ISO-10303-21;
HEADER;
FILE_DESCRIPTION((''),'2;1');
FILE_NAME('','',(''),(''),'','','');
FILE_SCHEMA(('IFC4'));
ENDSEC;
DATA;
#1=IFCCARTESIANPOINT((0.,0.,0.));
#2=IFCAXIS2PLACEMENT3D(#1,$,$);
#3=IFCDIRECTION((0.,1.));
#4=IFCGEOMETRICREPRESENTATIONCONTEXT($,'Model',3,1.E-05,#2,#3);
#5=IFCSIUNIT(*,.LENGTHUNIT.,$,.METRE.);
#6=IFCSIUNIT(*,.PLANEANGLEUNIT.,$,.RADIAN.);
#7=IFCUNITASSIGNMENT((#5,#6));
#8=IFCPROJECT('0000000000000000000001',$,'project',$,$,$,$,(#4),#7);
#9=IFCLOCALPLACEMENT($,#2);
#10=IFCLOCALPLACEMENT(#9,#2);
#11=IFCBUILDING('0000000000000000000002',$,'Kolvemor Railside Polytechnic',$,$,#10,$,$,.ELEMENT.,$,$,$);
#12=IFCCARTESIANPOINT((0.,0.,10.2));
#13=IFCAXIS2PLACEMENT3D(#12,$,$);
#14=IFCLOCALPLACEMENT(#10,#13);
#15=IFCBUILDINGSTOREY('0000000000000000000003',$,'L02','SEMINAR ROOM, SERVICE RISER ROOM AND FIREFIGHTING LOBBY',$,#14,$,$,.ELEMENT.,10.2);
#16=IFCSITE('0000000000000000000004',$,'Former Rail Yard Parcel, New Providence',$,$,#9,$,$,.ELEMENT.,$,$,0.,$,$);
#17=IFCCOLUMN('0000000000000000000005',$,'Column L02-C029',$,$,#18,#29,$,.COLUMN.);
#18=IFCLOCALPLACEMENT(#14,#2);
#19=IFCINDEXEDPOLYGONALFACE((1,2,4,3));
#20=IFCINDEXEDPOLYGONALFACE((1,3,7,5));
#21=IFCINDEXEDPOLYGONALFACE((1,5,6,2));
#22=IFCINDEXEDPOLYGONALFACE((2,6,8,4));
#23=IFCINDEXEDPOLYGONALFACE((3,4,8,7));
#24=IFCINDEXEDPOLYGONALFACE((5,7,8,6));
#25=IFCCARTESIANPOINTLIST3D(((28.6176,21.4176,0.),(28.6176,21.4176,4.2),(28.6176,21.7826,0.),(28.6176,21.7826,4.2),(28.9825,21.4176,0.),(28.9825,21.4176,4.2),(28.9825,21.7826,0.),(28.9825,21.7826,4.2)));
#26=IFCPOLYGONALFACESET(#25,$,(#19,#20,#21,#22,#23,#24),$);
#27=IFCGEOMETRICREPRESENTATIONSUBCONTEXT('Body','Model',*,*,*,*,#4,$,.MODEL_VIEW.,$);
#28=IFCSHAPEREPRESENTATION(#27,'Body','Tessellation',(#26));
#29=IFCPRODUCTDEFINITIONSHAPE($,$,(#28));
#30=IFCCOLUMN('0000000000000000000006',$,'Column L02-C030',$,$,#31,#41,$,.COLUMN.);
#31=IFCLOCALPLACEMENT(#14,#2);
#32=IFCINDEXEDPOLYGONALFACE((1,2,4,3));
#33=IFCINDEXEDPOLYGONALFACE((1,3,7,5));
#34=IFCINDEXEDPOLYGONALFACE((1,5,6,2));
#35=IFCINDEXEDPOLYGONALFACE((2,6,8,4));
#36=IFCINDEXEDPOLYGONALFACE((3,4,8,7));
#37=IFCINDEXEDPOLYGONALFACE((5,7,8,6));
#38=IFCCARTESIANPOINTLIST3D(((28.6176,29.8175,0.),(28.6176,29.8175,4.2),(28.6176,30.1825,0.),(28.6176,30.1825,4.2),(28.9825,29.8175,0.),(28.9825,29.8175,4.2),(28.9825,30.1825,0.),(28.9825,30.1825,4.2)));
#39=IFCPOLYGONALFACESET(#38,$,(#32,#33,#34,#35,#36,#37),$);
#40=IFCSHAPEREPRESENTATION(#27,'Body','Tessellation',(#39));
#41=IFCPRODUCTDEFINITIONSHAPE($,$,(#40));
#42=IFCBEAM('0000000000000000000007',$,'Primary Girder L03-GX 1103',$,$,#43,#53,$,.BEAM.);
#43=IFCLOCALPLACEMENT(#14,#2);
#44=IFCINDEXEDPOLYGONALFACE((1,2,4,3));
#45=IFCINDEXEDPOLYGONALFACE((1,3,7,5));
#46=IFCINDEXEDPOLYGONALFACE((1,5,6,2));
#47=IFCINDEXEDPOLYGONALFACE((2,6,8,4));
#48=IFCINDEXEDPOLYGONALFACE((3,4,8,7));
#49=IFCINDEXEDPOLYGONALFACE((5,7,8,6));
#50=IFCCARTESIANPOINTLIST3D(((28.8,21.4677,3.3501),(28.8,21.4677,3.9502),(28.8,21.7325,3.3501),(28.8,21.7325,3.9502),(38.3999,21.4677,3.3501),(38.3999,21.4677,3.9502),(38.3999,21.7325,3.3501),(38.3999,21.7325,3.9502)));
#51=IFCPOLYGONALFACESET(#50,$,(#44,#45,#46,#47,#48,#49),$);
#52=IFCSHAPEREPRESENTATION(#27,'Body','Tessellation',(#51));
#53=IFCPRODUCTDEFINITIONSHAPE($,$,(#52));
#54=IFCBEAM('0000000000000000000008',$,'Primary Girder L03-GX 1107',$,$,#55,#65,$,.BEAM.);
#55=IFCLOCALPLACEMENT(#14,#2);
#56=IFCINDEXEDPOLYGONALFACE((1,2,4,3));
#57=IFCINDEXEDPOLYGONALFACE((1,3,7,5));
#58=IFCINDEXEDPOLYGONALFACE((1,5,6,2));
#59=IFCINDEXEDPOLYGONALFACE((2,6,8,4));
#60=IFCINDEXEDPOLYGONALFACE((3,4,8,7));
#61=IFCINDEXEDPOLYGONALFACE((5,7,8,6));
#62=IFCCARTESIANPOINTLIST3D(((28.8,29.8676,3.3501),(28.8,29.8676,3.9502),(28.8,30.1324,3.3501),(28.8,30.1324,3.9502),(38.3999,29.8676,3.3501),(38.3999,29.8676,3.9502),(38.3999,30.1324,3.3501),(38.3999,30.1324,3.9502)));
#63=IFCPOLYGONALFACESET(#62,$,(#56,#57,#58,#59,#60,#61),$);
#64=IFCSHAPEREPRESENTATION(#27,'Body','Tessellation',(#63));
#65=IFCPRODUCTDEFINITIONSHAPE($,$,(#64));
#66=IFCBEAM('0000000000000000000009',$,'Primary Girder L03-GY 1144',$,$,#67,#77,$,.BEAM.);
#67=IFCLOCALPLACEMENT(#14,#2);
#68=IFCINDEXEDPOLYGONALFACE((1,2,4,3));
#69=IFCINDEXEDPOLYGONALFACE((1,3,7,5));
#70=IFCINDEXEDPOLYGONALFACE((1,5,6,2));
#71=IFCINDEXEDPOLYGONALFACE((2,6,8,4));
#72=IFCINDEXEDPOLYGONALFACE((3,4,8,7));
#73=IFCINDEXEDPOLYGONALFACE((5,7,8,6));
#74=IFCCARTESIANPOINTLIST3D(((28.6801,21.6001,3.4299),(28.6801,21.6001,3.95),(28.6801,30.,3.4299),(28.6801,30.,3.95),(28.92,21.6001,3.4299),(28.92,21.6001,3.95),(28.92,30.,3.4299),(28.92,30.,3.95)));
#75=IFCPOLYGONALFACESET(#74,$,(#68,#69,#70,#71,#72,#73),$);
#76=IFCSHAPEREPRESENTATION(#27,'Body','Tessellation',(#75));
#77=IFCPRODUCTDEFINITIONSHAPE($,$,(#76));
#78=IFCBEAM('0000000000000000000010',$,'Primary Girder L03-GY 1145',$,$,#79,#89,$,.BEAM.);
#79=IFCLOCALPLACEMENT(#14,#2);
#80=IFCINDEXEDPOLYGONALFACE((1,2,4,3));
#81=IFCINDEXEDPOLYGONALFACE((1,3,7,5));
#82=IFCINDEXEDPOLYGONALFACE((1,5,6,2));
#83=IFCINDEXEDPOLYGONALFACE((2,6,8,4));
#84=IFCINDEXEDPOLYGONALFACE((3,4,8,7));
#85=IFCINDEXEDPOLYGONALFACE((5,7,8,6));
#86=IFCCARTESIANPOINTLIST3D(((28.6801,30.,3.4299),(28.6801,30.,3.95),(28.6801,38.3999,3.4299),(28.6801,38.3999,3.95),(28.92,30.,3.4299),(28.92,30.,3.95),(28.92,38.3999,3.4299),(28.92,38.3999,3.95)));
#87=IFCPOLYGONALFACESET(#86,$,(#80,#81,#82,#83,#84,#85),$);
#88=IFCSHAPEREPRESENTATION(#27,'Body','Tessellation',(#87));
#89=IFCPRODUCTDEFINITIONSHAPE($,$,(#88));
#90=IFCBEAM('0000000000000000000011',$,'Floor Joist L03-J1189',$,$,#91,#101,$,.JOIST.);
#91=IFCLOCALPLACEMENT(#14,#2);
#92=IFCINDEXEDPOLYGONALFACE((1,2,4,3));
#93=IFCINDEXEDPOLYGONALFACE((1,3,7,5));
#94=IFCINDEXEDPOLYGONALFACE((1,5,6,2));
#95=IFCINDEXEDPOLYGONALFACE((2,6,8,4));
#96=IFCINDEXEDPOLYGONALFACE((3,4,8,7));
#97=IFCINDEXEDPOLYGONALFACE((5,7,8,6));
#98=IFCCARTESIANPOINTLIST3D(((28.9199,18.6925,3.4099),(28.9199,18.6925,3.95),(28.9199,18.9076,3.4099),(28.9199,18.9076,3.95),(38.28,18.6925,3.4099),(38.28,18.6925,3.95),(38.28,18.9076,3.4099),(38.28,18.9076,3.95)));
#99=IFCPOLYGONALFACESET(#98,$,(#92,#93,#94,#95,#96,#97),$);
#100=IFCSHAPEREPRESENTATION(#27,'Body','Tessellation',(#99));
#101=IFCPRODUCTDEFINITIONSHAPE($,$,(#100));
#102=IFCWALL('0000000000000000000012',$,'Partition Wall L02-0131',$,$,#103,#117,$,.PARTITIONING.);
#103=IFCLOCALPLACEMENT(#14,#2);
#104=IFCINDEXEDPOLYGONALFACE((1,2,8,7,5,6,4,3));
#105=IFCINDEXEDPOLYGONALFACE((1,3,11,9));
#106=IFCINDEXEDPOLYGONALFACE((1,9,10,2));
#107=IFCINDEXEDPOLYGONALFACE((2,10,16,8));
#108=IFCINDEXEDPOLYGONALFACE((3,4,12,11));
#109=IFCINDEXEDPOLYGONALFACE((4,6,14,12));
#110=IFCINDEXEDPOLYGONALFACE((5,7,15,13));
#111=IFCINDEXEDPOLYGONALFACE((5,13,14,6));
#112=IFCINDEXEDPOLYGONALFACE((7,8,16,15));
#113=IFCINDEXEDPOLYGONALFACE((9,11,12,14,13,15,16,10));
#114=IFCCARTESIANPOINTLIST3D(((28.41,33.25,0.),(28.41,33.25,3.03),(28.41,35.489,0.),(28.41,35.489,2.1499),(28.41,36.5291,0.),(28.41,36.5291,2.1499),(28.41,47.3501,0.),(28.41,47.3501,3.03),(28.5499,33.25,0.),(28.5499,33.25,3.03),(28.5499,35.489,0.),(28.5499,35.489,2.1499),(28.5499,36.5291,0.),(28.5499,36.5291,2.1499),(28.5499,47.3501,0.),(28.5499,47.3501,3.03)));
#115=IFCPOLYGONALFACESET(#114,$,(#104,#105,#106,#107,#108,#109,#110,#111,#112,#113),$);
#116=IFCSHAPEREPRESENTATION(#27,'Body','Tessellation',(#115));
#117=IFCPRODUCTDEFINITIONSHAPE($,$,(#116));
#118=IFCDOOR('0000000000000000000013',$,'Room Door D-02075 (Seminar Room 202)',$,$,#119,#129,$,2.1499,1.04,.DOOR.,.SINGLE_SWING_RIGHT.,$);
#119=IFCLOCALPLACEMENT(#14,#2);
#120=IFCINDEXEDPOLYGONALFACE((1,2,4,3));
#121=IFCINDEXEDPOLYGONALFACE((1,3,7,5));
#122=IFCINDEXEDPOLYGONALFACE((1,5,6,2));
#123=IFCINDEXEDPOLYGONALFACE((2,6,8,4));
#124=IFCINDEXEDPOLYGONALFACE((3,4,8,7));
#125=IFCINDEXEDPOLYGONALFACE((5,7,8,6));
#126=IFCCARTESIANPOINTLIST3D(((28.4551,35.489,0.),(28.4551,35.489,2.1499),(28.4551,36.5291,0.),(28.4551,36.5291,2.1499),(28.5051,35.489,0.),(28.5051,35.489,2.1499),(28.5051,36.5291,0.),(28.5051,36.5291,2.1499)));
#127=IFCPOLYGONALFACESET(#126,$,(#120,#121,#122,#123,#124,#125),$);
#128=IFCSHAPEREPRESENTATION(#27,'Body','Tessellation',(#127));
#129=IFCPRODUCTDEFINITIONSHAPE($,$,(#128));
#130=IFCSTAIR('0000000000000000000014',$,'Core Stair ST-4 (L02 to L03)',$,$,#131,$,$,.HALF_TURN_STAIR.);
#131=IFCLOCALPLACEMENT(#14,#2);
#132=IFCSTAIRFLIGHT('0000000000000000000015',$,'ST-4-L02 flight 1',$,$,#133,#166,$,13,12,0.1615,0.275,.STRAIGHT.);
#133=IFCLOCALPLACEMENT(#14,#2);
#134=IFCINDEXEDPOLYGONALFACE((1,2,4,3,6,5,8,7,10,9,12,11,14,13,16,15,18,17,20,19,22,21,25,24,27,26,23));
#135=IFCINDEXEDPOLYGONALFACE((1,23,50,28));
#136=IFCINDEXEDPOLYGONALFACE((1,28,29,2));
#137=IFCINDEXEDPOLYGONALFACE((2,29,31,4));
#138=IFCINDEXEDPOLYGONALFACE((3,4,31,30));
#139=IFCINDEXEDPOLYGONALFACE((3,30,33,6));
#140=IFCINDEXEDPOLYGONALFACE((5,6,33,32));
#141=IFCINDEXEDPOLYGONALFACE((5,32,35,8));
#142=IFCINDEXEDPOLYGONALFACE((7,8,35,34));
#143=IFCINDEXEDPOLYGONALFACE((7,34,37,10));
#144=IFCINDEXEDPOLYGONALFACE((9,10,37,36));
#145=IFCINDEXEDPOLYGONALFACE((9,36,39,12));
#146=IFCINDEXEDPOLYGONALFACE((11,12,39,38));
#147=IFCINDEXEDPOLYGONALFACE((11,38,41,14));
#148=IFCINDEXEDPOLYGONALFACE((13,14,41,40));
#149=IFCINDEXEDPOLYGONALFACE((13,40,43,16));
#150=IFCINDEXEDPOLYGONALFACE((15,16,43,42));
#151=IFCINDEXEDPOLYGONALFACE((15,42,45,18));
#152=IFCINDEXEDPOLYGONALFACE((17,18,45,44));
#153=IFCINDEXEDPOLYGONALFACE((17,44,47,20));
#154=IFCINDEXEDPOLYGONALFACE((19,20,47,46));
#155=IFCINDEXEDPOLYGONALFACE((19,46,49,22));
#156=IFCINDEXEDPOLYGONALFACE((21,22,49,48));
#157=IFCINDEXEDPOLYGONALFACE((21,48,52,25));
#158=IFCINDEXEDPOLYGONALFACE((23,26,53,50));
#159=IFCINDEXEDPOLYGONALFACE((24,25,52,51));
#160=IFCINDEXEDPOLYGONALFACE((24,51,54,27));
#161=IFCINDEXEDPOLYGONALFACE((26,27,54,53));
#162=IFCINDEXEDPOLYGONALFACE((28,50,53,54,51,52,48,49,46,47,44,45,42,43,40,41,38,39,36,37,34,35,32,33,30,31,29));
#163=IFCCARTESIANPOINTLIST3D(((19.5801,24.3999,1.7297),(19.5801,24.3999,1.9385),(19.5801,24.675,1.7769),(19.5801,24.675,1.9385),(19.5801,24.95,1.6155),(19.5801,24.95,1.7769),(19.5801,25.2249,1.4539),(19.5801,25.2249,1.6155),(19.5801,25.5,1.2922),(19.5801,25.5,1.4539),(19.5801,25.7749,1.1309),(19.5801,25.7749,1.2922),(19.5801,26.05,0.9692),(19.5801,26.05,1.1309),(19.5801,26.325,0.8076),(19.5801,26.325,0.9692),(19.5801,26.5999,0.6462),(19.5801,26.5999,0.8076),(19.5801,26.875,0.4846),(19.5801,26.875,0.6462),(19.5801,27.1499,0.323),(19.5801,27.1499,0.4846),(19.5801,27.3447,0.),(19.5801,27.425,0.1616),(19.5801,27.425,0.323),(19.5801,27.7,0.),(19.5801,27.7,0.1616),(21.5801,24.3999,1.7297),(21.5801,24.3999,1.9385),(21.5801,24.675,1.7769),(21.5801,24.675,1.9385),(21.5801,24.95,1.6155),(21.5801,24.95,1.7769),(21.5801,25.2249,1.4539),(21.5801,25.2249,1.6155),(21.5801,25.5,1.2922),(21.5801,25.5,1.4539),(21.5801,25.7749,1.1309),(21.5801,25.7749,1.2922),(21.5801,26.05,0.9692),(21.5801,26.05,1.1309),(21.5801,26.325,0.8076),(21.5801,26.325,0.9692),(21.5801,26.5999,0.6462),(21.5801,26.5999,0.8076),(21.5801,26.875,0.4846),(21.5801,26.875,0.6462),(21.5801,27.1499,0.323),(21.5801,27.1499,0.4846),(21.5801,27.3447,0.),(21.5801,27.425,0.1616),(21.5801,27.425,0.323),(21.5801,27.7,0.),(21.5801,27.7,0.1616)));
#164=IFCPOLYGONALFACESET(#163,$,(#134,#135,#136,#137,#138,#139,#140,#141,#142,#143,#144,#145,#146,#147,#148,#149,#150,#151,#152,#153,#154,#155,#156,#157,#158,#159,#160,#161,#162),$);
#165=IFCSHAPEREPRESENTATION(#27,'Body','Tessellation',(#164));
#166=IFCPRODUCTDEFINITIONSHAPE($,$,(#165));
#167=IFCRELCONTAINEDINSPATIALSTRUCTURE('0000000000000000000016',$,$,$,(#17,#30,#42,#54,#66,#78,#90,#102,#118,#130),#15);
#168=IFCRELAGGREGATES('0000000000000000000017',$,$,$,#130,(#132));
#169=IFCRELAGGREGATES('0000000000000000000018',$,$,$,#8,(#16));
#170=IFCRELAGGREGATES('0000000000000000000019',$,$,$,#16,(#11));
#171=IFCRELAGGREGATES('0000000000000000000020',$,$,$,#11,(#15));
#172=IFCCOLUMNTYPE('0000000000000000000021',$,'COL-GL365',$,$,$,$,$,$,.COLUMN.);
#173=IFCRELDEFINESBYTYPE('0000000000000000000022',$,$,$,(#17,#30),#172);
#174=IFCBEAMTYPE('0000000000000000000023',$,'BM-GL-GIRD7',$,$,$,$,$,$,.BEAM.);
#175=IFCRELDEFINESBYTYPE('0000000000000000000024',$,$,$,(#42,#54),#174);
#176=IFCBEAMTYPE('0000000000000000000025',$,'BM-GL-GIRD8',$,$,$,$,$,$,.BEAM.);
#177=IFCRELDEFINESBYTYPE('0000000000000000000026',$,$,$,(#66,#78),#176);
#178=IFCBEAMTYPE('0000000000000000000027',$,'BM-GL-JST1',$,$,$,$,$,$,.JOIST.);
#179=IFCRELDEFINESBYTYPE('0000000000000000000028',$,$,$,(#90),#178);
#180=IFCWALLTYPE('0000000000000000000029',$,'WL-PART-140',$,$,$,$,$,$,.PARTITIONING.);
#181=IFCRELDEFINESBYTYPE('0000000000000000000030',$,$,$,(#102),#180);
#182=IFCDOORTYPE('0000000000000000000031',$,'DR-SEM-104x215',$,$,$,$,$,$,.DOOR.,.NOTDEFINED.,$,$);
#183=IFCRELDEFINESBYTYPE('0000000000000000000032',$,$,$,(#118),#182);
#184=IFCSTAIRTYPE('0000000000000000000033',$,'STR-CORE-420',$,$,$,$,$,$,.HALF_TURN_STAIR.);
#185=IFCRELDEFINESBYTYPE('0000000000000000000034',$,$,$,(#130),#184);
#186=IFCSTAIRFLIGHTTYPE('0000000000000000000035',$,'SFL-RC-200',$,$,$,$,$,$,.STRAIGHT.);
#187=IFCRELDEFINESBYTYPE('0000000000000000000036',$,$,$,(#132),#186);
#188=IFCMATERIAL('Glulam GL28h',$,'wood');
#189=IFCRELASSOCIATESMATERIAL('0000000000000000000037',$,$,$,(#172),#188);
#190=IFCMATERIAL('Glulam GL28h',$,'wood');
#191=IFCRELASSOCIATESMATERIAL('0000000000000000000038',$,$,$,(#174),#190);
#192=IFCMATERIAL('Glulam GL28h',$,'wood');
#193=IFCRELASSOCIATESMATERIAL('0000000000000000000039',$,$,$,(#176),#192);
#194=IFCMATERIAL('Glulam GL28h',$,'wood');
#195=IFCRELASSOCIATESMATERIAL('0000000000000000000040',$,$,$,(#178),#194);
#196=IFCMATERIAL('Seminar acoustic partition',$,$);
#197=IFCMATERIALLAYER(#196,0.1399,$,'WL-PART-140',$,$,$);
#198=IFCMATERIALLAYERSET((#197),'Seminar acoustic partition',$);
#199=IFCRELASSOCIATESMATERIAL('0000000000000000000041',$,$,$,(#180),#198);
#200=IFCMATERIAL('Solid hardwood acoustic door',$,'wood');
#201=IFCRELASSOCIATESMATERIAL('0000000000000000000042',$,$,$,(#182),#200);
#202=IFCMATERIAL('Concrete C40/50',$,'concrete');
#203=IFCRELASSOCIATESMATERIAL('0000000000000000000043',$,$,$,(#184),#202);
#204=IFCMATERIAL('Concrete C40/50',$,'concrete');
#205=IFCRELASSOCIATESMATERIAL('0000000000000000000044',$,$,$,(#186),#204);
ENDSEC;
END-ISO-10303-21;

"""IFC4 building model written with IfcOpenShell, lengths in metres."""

from ifc_helpers import new_model, si_unit, direction, frame, frame_2d, origin, origin_2d, place, context, subcontext, project, spatial, polyline, rectangle, outline, extrude, material, layer, layer_set, material_profile, profile_set, type_object, element, fill, aggregate, save


model = new_model("IFC4")

# Units and contexts
model_context = context("Model", 3, precision=1e-05, world=origin(), true_north=direction((0.0, 1.0)))
body_context = subcontext(model_context, "Body", "Model", "MODEL_VIEW")
ifc_project = project(units=[si_unit("LENGTHUNIT", "METRE"), si_unit("PLANEANGLEUNIT", "RADIAN")], contexts=[model_context])

# Site, building, storey
site_placement = place(None, origin())
site = spatial("IfcSite", under=ifc_project, at=site_placement, Name="Former Rail Yard Parcel, New Providence", CompositionType="ELEMENT", RefElevation=0.0)
building_placement = place(site_placement, origin())
building = spatial("IfcBuilding", under=site, at=building_placement, Name="Kolvemor Railside Polytechnic", CompositionType="ELEMENT")
storey_placement = place(building_placement, frame((0.0, 0.0, 10.2)))
storey = spatial("IfcBuildingStorey", under=building, at=storey_placement, Name="L02", Description="SEMINAR ROOM, SERVICE RISER ROOM AND FIREFIGHTING LOBBY", CompositionType="ELEMENT", Elevation=10.2)

# Columns
ifc_material_1 = material(Name="Glulam GL28h", Category="wood")
ifc_material_profile_1 = material_profile(ifc_material_1, rectangle(XDim=0.365, YDim=0.365, at=origin_2d()), Name="GL365x365")
ifc_profile_set_1 = profile_set([ifc_material_profile_1], Name="Glulam GL28h")
column_type = type_object("IfcColumnType", Name="COL-GL365", PredefinedType="COLUMN", material=ifc_profile_set_1)
for number, where, z_axis, x_axis, name in (
    (1, (28.8, 21.6001, 0.0), (0.0, 0.0, 1.0), (1.0, 0.0, 0.0), "Column L02-C029"),
    (2, (28.8, 30.0, 0.0), (0.0, 0.0, 1.0), (1.0, 0.0, 0.0), "Column L02-C030"),
):
    element("IfcColumn", number, at=place(storey_placement, frame(where, z_axis=z_axis, x_axis=x_axis)), inside=storey, type_object=column_type, Name=name, PredefinedType="COLUMN", context=body_context, shape_type="SweptSolid", body=[
        extrude(rectangle(XDim=0.365, YDim=0.365, at=origin_2d()), origin(), (0.0, 0.0, 1.0), 4.2),
    ])

# Beams
ifc_material_2 = material(Name="Glulam GL28h", Category="wood")
ifc_material_profile_2 = material_profile(ifc_material_2, rectangle(XDim=0.2649, YDim=0.6001, at=origin_2d()), Name="GL265x600")
ifc_profile_set_2 = profile_set([ifc_material_profile_2], Name="Glulam GL28h")
beam_type_1 = type_object("IfcBeamType", Name="BM-GL-GIRD7", PredefinedType="BEAM", material=ifc_profile_set_2)
for number, where, z_axis, x_axis, name in (
    (3, (28.8, 21.6001, 3.6501), (1.0, 0.0, 0.0), (0.0, 1.0, 0.0), "Primary Girder L03-GX 1103"),
    (4, (28.8, 30.0, 3.6501), (1.0, 0.0, 0.0), (0.0, 1.0, 0.0), "Primary Girder L03-GX 1107"),
):
    element("IfcBeam", number, at=place(storey_placement, frame(where, z_axis=z_axis, x_axis=x_axis)), inside=storey, type_object=beam_type_1, Name=name, PredefinedType="BEAM", context=body_context, shape_type="SweptSolid", body=[
        extrude(rectangle(XDim=0.2649, YDim=0.6001, at=origin_2d()), origin(), (0.0, 0.0, 1.0), 9.5999),
    ])
ifc_material_3 = material(Name="Glulam GL28h", Category="wood")
ifc_material_profile_3 = material_profile(ifc_material_3, rectangle(XDim=0.24, YDim=0.52, at=origin_2d()), Name="GL240x520")
ifc_profile_set_3 = profile_set([ifc_material_profile_3], Name="Glulam GL28h")
beam_type_2 = type_object("IfcBeamType", Name="BM-GL-GIRD8", PredefinedType="BEAM", material=ifc_profile_set_3)
for number, where, z_axis, x_axis, name in (
    (5, (28.8, 21.6001, 3.6899), (0.0, 1.0, 0.0), (-1.0, 0.0, 0.0), "Primary Girder L03-GY 1144"),
    (6, (28.8, 30.0, 3.6899), (0.0, 1.0, 0.0), (-1.0, 0.0, 0.0), "Primary Girder L03-GY 1145"),
):
    element("IfcBeam", number, at=place(storey_placement, frame(where, z_axis=z_axis, x_axis=x_axis)), inside=storey, type_object=beam_type_2, Name=name, PredefinedType="BEAM", context=body_context, shape_type="SweptSolid", body=[
        extrude(rectangle(XDim=0.24, YDim=0.52, at=origin_2d()), origin(), (0.0, 0.0, 1.0), 8.3999),
    ])
ifc_material_4 = material(Name="Glulam GL28h", Category="wood")
ifc_material_profile_4 = material_profile(ifc_material_4, rectangle(XDim=0.2151, YDim=0.54, at=origin_2d()), Name="GL215x540")
ifc_profile_set_4 = profile_set([ifc_material_profile_4], Name="Glulam GL28h")
beam_type_3 = type_object("IfcBeamType", Name="BM-GL-JST1", PredefinedType="JOIST", material=ifc_profile_set_4)
beam_placement = place(storey_placement, frame((28.9199, 18.8, 3.6799), z_axis=(1.0, 0.0, 0.0), x_axis=(0.0, 1.0, 0.0)))
element("IfcBeam", 7, at=beam_placement, inside=storey, type_object=beam_type_3, Name="Floor Joist L03-J1189", PredefinedType="JOIST", context=body_context, shape_type="SweptSolid", body=[
    extrude(rectangle(XDim=0.2151, YDim=0.54, at=origin_2d()), origin(), (0.0, 0.0, 1.0), 9.3601),
])

# Wall, opening, door
ifc_material_5 = material(Name="Seminar acoustic partition")
ifc_layer_1 = layer(ifc_material_5, 0.1399, Name="WL-PART-140")
ifc_layer_set_1 = layer_set([ifc_layer_1], Name="Seminar acoustic partition")
wall_type_1 = type_object("IfcWallType", Name="WL-PART-140", PredefinedType="PARTITIONING", material=ifc_layer_set_1)
wall_1_placement = place(storey_placement, frame((28.48, 33.25, 0.0), z_axis=(0.0, 0.0, 1.0), x_axis=(0.0, 1.0, 0.0)))
wall_1 = element("IfcWall", 8, at=wall_1_placement, inside=storey, type_object=wall_type_1, Name="Partition Wall L02-0131", PredefinedType="PARTITIONING", context=body_context, shape_type="SweptSolid", body=[
    extrude(rectangle(XDim=14.1001, YDim=0.1399, at=frame_2d((7.05, 0.0))), origin(), (0.0, 0.0, 1.0), 3.03),
])
opening_1_placement = place(wall_1_placement, frame((2.239, 0.0, 0.0)))
opening_1 = element("IfcOpeningElement", 9, at=opening_1_placement, cuts=wall_1, PredefinedType="OPENING", context=body_context, shape_type="SweptSolid", body=[
    extrude(rectangle(XDim=1.04, YDim=2.1499, at=frame_2d((0.52, 1.075))), frame((0.0, 0.0798, 0.0), z_axis=(0.0, -1.0, 0.0), x_axis=(1.0, 0.0, 0.0)), (0.0, 0.0, 1.0), 0.1599),
])
ifc_material_6 = material(Name="Solid hardwood acoustic door", Category="wood")
door_type_1 = type_object("IfcDoorType", Name="DR-SEM-104x215", OperationType="NOTDEFINED", PredefinedType="DOOR", material=ifc_material_6)
door_1_placement = place(opening_1_placement, origin())
door_1 = element("IfcDoor", 10, at=door_1_placement, inside=storey, type_object=door_type_1, Name="Room Door D-02075 (Seminar Room 202)", OperationType="SINGLE_SWING_RIGHT", OverallHeight=2.1499, OverallWidth=1.04, PredefinedType="DOOR", context=body_context, shape_type="SweptSolid", body=[
    extrude(rectangle(XDim=1.04, YDim=2.1499, at=frame_2d((0.52, 1.075))), frame((0.0, 0.0249, 0.0), z_axis=(0.0, -1.0, 0.0), x_axis=(1.0, 0.0, 0.0)), (0.0, 0.0, 1.0), 0.05),
])
fill(opening_1, door_1)

# Stair, stair flight
ifc_material_7 = material(Name="Concrete C40/50", Category="concrete")
stair_type = type_object("IfcStairType", Name="STR-CORE-420", PredefinedType="HALF_TURN_STAIR", material=ifc_material_7)
stair_placement = place(storey_placement, origin())
stair = element("IfcStair", 11, at=stair_placement, inside=storey, type_object=stair_type, Name="Core Stair ST-4 (L02 to L03)", PredefinedType="HALF_TURN_STAIR")
ifc_material_8 = material(Name="Concrete C40/50", Category="concrete")
stair_flight_type = type_object("IfcStairFlightType", Name="SFL-RC-200", PredefinedType="STRAIGHT", material=ifc_material_8)
stair_flight_1_placement = place(storey_placement, frame((20.5801, 27.7, 0.0), z_axis=(0.0, 0.0, 1.0), x_axis=(0.0, -1.0, 0.0)))
stair_flight_1 = element("IfcStairFlight", 12, at=stair_flight_1_placement, type_object=stair_flight_type, Name="ST-4-L02 flight 1", NumberOfRisers=13, NumberOfTreads=12, PredefinedType="STRAIGHT", RiserHeight=0.1615, TreadLength=0.275, context=body_context, shape_type="SweptSolid", body=[
    extrude(outline(polyline([(0.0, 0.0), (0.0, 0.1616), (0.2749, 0.1616), (0.2749, 0.323), (0.55, 0.323), (0.55, 0.4846), (0.825, 0.4846), (0.825, 0.6462), (1.1001, 0.6462), (1.1001, 0.8076), (1.375, 0.8076), (1.375, 0.9692), (1.6499, 0.9692), (1.6499, 1.1309), (1.925, 1.1309), (1.925, 1.2922), (2.2, 1.2922), (2.2, 1.4539), (2.4751, 1.4539), (2.4751, 1.6155), (2.75, 1.6155), (2.75, 1.7769), (3.0249, 1.7769), (3.0249, 1.9385), (3.3, 1.9385), (3.3, 2.1001), (3.3, 1.7297), (0.3552, 0.0), (0.0, 0.0)])), frame((0.0, 1.0, 0.0), z_axis=(0.0, -1.0, 0.0), x_axis=(1.0, 0.0, 0.0)), (0.0, 0.0, 1.0), 2.0),
])
aggregate(stair, [stair_flight_1])

save(model, "model.ifc")
